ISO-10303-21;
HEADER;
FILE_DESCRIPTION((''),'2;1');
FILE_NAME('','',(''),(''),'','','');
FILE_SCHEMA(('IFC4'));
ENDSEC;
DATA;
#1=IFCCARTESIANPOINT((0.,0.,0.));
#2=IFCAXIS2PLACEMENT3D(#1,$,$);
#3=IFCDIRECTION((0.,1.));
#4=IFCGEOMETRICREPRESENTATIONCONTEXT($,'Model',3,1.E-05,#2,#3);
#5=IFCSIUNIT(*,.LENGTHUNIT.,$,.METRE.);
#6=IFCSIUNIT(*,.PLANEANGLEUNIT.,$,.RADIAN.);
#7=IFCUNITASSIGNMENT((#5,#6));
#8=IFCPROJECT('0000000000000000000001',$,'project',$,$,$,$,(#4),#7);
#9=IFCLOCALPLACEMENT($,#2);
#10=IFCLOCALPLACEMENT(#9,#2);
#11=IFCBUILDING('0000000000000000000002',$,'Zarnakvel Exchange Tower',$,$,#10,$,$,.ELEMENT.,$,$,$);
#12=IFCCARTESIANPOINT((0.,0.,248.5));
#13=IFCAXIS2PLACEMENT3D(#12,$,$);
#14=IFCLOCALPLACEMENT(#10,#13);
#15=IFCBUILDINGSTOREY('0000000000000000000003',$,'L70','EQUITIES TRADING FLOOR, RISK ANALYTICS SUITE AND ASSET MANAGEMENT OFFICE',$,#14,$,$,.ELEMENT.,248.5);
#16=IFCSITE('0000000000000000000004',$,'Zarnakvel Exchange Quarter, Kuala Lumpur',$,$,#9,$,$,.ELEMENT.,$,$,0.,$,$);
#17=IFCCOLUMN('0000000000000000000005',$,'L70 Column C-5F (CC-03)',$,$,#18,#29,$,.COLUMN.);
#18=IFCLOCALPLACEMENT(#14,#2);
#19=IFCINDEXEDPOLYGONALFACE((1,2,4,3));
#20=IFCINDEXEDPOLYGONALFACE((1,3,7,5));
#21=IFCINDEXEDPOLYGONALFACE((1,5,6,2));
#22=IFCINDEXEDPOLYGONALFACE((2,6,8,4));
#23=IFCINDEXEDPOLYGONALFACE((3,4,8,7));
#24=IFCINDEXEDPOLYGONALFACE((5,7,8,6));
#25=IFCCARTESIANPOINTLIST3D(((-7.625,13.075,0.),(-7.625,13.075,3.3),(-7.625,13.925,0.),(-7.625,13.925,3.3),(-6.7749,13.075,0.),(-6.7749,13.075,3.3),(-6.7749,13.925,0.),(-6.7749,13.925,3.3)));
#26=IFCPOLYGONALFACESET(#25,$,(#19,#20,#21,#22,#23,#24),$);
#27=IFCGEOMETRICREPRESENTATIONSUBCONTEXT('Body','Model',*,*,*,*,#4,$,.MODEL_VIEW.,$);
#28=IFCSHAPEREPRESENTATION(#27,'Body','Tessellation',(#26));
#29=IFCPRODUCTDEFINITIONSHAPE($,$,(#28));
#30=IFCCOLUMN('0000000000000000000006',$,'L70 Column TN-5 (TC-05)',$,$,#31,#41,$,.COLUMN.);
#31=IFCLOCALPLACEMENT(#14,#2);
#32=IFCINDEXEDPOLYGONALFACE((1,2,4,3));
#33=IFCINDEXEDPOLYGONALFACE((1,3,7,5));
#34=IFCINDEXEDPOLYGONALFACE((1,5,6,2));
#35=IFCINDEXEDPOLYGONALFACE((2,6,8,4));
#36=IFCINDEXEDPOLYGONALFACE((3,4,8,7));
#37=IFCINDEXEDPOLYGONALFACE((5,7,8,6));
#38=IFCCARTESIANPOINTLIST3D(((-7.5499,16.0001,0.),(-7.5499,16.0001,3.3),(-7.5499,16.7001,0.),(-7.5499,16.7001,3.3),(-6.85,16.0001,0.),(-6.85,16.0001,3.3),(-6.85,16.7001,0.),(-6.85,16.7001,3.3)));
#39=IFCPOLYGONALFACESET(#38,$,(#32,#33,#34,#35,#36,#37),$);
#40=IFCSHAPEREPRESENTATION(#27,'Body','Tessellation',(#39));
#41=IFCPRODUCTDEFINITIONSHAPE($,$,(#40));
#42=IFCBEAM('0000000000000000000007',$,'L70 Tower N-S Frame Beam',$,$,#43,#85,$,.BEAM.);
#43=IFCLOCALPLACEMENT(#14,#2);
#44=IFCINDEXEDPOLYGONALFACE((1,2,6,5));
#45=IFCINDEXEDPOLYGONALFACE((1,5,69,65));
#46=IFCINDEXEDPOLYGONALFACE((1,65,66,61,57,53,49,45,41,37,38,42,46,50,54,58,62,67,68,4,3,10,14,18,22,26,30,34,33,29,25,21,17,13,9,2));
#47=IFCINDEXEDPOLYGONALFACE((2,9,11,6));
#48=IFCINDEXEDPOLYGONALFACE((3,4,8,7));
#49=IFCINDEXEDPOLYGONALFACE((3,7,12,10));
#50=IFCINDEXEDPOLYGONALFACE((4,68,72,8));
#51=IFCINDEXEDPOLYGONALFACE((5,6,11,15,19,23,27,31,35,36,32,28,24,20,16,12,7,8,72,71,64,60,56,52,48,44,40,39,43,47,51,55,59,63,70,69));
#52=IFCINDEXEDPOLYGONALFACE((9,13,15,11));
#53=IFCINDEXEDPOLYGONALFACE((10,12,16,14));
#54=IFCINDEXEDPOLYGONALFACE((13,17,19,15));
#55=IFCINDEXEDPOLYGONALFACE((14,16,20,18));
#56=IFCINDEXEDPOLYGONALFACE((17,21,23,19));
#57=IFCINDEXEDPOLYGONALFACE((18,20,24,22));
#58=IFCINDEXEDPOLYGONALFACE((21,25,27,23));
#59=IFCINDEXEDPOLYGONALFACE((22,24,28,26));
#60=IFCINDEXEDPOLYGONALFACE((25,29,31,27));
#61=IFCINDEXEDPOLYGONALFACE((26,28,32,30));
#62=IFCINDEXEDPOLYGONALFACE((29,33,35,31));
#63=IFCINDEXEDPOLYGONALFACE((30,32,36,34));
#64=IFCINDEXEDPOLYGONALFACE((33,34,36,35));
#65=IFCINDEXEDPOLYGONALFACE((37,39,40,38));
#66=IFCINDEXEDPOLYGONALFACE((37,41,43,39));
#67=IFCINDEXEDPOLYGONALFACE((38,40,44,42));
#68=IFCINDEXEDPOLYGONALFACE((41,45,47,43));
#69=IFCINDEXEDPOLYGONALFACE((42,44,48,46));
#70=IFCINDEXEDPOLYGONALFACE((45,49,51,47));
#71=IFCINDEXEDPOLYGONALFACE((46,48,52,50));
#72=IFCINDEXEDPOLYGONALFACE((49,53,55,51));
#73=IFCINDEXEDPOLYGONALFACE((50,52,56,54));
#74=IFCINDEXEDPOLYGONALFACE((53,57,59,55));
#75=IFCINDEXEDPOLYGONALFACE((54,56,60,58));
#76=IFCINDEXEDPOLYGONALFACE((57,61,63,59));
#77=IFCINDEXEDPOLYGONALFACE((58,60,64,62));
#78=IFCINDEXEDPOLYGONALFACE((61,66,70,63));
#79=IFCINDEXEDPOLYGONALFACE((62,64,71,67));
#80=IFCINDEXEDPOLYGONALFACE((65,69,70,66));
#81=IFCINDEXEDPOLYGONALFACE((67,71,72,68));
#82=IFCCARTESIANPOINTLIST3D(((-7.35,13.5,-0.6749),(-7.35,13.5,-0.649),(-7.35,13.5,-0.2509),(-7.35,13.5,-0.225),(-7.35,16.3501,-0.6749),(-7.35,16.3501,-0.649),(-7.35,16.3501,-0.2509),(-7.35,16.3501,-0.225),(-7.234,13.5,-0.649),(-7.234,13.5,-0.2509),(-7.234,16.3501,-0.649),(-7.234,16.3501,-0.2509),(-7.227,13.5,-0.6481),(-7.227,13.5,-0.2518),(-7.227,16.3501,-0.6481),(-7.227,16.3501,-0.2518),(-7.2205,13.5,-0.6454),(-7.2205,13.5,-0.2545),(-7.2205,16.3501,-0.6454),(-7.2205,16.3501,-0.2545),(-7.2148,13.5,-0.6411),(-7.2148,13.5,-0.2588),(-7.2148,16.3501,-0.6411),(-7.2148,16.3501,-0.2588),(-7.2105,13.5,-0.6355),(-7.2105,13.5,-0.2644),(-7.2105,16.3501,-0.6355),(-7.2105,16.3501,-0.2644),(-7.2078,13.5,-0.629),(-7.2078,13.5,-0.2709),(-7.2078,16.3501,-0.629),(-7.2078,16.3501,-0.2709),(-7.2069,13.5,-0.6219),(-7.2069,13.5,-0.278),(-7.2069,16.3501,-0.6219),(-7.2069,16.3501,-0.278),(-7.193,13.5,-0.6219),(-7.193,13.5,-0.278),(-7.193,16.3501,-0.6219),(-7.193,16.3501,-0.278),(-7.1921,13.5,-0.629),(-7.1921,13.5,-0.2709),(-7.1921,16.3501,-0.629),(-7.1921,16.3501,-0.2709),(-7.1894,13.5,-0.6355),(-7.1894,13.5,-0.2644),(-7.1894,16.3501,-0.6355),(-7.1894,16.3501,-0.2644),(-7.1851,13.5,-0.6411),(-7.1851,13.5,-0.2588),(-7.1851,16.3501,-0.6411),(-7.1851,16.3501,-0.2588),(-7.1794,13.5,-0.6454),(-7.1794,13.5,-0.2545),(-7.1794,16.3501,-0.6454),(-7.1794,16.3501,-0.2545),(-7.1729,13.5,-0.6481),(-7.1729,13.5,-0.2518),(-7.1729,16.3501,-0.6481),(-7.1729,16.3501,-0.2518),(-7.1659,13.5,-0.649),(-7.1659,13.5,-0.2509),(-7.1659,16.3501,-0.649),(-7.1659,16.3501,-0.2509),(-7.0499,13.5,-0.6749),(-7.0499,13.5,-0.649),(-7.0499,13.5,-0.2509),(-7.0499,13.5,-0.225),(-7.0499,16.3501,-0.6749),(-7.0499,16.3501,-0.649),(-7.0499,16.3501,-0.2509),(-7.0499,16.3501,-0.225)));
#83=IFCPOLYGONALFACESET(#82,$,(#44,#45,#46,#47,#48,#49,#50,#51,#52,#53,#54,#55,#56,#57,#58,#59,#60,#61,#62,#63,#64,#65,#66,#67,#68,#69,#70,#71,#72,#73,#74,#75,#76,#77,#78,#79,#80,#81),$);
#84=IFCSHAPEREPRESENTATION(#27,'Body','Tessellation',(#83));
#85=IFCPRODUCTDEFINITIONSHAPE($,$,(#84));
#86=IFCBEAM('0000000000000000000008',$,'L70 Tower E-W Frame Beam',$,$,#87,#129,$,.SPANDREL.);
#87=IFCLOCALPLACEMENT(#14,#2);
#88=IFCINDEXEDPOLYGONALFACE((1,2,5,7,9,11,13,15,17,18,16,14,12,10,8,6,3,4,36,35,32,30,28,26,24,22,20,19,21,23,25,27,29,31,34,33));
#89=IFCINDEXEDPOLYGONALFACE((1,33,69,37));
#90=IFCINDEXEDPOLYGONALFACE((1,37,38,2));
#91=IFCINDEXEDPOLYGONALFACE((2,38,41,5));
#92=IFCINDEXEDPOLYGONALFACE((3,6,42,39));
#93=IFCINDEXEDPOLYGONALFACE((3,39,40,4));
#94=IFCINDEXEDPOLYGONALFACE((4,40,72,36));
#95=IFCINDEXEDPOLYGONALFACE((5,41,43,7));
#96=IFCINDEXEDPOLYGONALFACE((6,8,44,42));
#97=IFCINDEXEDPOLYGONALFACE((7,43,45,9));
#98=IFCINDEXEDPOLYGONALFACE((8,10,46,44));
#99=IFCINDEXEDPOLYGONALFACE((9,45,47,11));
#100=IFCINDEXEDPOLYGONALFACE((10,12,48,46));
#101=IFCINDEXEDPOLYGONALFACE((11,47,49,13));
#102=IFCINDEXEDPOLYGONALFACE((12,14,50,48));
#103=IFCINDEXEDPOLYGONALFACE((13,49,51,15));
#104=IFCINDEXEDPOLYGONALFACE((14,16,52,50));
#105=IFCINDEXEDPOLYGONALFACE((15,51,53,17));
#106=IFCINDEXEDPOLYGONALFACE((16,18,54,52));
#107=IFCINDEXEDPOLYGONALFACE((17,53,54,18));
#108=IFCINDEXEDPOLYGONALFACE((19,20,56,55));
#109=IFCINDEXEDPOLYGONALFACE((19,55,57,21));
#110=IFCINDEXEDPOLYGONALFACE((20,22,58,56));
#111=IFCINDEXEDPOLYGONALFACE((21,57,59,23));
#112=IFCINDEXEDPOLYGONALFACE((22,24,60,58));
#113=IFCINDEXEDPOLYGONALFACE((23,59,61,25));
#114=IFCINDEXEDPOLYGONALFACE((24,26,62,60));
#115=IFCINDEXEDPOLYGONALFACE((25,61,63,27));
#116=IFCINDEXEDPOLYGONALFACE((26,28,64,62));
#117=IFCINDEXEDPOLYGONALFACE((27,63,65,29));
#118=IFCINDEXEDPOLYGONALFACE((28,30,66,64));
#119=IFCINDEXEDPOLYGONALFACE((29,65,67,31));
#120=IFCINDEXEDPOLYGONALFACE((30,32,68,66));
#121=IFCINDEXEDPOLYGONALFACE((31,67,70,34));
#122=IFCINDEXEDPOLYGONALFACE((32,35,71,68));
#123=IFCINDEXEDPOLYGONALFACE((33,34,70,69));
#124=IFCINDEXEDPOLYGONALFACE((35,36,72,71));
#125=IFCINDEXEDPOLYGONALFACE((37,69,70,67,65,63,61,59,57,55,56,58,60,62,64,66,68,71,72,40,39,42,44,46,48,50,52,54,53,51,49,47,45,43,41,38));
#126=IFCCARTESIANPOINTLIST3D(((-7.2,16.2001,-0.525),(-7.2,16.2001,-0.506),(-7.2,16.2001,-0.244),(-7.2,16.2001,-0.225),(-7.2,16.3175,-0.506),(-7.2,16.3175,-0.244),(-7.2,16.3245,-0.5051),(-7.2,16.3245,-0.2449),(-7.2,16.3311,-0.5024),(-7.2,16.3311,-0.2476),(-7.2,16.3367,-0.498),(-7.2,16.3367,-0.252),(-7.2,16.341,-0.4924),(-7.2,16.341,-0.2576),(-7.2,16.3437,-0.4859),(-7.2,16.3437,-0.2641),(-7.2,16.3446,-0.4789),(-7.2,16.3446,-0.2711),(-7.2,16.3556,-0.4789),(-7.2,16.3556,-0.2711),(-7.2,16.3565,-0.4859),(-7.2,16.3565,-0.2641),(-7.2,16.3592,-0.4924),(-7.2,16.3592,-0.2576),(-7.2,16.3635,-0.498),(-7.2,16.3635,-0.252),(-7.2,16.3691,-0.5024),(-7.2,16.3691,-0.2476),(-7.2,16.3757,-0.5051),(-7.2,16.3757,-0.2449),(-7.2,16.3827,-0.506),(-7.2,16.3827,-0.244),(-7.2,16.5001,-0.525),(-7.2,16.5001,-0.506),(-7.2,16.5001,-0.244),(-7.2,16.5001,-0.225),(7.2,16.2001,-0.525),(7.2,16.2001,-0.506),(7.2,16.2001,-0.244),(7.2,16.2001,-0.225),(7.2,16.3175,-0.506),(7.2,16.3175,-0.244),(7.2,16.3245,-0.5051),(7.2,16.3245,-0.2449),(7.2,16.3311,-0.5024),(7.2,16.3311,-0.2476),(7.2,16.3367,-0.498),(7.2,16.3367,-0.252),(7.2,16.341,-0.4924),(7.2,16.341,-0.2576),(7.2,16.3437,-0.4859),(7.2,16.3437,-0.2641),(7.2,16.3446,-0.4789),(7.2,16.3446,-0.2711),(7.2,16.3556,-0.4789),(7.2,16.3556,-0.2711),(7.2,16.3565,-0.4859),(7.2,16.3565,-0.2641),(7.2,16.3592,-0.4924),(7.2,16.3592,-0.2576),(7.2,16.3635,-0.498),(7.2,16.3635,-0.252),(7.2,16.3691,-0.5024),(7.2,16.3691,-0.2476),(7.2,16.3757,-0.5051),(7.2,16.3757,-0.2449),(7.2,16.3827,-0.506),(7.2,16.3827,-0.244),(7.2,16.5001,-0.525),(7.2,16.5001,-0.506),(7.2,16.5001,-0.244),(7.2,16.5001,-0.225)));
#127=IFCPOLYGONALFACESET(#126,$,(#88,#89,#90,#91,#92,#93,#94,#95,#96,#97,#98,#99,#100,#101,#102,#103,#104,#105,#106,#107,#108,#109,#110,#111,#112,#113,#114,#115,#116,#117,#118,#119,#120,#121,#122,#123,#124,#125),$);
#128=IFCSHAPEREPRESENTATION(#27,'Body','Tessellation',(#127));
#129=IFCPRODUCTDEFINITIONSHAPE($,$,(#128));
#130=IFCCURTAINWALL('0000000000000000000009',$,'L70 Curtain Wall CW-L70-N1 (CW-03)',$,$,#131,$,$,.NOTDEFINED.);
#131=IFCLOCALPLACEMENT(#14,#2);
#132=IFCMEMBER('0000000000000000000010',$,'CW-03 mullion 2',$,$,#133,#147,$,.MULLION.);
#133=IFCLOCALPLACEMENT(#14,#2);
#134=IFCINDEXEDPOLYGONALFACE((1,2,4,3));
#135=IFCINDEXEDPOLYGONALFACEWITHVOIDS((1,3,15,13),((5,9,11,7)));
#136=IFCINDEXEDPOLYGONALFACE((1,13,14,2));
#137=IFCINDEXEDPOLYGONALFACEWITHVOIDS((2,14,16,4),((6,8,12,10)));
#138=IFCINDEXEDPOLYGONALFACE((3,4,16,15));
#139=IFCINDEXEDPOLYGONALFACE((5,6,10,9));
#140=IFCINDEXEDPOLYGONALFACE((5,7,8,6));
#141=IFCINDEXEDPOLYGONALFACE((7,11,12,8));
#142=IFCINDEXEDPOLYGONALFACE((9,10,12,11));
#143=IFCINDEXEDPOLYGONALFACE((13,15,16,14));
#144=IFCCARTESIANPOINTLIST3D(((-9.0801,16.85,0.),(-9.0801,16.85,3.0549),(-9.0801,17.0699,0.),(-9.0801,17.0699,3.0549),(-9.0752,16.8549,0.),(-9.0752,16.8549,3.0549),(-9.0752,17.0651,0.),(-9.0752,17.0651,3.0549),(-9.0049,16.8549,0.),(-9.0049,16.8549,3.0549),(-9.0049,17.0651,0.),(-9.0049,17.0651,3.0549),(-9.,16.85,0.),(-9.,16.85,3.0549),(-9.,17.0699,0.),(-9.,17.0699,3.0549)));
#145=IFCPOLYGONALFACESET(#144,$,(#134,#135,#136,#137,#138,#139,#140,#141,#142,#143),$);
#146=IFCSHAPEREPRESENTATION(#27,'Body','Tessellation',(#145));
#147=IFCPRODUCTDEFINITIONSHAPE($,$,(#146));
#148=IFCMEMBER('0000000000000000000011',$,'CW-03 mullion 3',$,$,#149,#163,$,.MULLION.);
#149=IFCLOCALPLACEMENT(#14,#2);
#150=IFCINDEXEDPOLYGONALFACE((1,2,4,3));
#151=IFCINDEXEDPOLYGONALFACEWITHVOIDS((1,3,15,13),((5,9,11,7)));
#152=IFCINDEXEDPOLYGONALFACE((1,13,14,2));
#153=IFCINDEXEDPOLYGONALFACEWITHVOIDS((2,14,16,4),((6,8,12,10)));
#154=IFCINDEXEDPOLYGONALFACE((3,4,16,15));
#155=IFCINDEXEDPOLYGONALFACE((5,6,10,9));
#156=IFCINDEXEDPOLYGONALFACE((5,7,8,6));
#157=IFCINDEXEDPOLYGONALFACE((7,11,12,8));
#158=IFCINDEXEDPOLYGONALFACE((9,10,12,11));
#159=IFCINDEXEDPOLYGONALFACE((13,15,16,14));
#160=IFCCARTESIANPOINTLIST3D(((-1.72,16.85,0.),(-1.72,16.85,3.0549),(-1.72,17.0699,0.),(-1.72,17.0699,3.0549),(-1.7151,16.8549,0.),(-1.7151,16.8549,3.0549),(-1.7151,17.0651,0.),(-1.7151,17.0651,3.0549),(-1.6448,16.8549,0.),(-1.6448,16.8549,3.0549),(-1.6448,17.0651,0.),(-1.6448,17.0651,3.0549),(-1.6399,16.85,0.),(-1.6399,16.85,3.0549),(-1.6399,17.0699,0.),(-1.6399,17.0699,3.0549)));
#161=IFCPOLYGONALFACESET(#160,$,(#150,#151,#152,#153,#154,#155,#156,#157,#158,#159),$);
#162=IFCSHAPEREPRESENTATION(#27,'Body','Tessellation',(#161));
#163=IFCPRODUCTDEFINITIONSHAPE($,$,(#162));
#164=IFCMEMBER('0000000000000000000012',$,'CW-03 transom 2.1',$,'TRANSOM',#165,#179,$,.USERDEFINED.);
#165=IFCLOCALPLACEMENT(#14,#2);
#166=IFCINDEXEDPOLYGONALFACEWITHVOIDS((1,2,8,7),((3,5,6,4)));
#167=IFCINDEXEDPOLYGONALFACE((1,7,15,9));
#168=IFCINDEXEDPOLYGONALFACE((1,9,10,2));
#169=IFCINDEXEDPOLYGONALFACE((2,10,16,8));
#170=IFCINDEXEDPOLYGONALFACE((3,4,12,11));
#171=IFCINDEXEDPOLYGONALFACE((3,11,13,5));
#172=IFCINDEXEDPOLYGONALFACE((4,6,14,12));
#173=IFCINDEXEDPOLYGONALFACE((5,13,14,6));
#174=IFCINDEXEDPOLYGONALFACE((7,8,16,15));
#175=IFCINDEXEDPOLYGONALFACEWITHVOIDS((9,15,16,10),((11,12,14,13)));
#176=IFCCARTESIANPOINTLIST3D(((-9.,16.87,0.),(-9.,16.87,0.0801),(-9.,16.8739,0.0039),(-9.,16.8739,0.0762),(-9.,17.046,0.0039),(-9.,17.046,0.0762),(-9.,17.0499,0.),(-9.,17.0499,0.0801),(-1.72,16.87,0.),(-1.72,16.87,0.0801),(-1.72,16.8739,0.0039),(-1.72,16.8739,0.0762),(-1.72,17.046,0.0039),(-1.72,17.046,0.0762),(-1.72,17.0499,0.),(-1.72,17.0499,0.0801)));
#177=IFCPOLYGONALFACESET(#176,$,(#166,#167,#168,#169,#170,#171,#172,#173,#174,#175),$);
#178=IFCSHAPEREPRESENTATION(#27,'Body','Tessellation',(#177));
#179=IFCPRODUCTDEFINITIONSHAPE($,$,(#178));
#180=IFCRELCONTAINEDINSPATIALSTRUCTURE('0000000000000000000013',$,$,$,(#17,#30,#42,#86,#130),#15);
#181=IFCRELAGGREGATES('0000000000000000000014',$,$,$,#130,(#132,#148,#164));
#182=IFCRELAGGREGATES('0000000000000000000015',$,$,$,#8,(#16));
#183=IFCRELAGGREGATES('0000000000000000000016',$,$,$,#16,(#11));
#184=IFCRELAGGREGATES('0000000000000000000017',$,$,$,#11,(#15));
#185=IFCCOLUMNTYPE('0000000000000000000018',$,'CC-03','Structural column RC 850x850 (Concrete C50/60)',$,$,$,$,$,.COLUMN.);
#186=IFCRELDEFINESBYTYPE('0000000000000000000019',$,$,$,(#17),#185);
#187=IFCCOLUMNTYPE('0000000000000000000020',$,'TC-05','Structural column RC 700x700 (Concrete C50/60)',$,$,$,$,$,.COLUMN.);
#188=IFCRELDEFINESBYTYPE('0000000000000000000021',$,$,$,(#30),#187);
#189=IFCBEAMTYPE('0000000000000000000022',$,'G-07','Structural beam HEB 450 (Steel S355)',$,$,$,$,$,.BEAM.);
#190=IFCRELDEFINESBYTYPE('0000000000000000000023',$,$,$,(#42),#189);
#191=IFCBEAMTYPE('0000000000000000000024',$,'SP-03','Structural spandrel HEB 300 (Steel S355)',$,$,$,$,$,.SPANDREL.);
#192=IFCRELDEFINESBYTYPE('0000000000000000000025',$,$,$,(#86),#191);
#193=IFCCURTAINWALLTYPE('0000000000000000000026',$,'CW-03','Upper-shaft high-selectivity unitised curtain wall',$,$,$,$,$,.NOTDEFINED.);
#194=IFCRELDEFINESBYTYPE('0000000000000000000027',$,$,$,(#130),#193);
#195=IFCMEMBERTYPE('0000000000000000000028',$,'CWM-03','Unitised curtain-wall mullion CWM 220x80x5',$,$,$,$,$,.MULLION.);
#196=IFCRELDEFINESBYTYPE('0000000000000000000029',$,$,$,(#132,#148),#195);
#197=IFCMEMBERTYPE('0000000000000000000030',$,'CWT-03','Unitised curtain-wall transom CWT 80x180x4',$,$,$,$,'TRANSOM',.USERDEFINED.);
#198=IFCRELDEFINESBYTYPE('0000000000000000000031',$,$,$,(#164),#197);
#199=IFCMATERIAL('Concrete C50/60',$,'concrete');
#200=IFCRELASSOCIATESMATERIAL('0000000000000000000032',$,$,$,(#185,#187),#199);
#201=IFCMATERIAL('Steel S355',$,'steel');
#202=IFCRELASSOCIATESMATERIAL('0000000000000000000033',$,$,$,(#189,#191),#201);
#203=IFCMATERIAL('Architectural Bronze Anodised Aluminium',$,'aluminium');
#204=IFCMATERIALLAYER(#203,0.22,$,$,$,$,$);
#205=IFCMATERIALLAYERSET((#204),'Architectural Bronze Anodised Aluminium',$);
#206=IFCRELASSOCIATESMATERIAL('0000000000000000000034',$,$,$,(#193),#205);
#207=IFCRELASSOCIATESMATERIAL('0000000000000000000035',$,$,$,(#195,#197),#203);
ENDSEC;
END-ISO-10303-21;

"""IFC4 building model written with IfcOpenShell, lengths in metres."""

from ifc_helpers import new_model, si_unit, direction, frame, origin, origin_2d, place, context, subcontext, project, spatial, rectangle, hollow_rectangle, i_section, extrude, source, transform, mapped, material, layer, layer_set, material_profile, profile_set, type_object, element, aggregate, save


model = new_model("IFC4")

# Units and contexts
model_context = context("Model", 3, precision=1e-05, world=origin(), true_north=direction((0.0, 1.0)))
body_context = subcontext(model_context, "Body", "Model", "MODEL_VIEW")
ifc_project = project(units=[si_unit("LENGTHUNIT", "METRE"), si_unit("PLANEANGLEUNIT", "RADIAN")], contexts=[model_context])

# Site, building, storey
site_placement = place(None, origin())
site = spatial("IfcSite", under=ifc_project, at=site_placement, Name="Zarnakvel Exchange Quarter, Kuala Lumpur", CompositionType="ELEMENT", RefElevation=0.0)
building_placement = place(site_placement, origin())
building = spatial("IfcBuilding", under=site, at=building_placement, Name="Zarnakvel Exchange Tower", CompositionType="ELEMENT")
storey_placement = place(building_placement, frame((0.0, 0.0, 248.5)))
storey = spatial("IfcBuildingStorey", under=building, at=storey_placement, Name="L70", Description="EQUITIES TRADING FLOOR, RISK ANALYTICS SUITE AND ASSET MANAGEMENT OFFICE", CompositionType="ELEMENT", Elevation=248.5)

# Columns
ifc_material_1 = material(Name="Concrete C50/60", Category="concrete")
ifc_material_profile_1 = material_profile(ifc_material_1, rectangle(XDim=0.8501, YDim=0.8501, at=origin_2d()))
ifc_profile_set_1 = profile_set([ifc_material_profile_1], Name="Concrete C50/60")
column_type_1 = type_object("IfcColumnType", Name="CC-03", Description="Structural column RC 850x850 (Concrete C50/60)", PredefinedType="COLUMN", material=ifc_profile_set_1)
column_1_placement = place(storey_placement, frame((-7.2, 13.5, 0.0), z_axis=(0.0, 0.0, 1.0), x_axis=(1.0, 0.0, 0.0)))
element("IfcColumn", 1, at=column_1_placement, inside=storey, type_object=column_type_1, Name="L70 Column C-5F (CC-03)", PredefinedType="COLUMN", context=body_context, shape_type="SweptSolid", body=[
    extrude(rectangle(XDim=0.8501, YDim=0.8501, at=origin_2d()), origin(), (0.0, 0.0, 1.0), 3.3),
])
ifc_material_profile_2 = material_profile(ifc_material_1, rectangle(XDim=0.7, YDim=0.7, at=origin_2d()))
ifc_profile_set_2 = profile_set([ifc_material_profile_2], Name="Concrete C50/60")
column_type_2 = type_object("IfcColumnType", Name="TC-05", Description="Structural column RC 700x700 (Concrete C50/60)", PredefinedType="COLUMN", material=ifc_profile_set_2)
column_2_placement = place(storey_placement, frame((-7.2, 16.3501, 0.0), z_axis=(0.0, 0.0, 1.0), x_axis=(1.0, 0.0, 0.0)))
element("IfcColumn", 2, at=column_2_placement, inside=storey, type_object=column_type_2, Name="L70 Column TN-5 (TC-05)", PredefinedType="COLUMN", context=body_context, shape_type="SweptSolid", body=[
    extrude(rectangle(XDim=0.7, YDim=0.7, at=origin_2d()), origin(), (0.0, 0.0, 1.0), 3.3),
])

# Beams
ifc_material_2 = material(Name="Steel S355", Category="steel")
ifc_material_profile_3 = material_profile(ifc_material_2, i_section(OverallWidth=0.3, OverallDepth=0.45, WebThickness=0.0139, FlangeThickness=0.0259, FilletRadius=0.0271, at=origin_2d()))
ifc_profile_set_3 = profile_set([ifc_material_profile_3], Name="Steel S355")
beam_type_1 = type_object("IfcBeamType", Name="G-07", Description="Structural beam HEB 450 (Steel S355)", PredefinedType="BEAM", material=ifc_profile_set_3)
beam_1_placement = place(storey_placement, frame((-7.2, 13.5, -0.45), z_axis=(0.0, 1.0, 0.0), x_axis=(-1.0, 0.0, 0.0)))
element("IfcBeam", 3, at=beam_1_placement, inside=storey, type_object=beam_type_1, Name="L70 Tower N-S Frame Beam", PredefinedType="BEAM", context=body_context, shape_type="SweptSolid", body=[
    extrude(i_section(OverallWidth=0.3, OverallDepth=0.45, WebThickness=0.0139, FlangeThickness=0.0259, FilletRadius=0.0271, at=origin_2d()), origin(), (0.0, 0.0, 1.0), 2.8501),
])
ifc_material_profile_4 = material_profile(ifc_material_2, i_section(OverallWidth=0.3, OverallDepth=0.3, WebThickness=0.011, FlangeThickness=0.019, FilletRadius=0.0271, at=origin_2d()))
ifc_profile_set_4 = profile_set([ifc_material_profile_4], Name="Steel S355")
beam_type_2 = type_object("IfcBeamType", Name="SP-03", Description="Structural spandrel HEB 300 (Steel S355)", PredefinedType="SPANDREL", material=ifc_profile_set_4)
beam_2_placement = place(storey_placement, frame((-7.2, 16.3501, -0.375), z_axis=(1.0, 0.0, 0.0), x_axis=(0.0, 1.0, 0.0)))
element("IfcBeam", 4, at=beam_2_placement, inside=storey, type_object=beam_type_2, Name="L70 Tower E-W Frame Beam", PredefinedType="SPANDREL", context=body_context, shape_type="SweptSolid", body=[
    extrude(i_section(OverallWidth=0.3, OverallDepth=0.3, WebThickness=0.011, FlangeThickness=0.019, FilletRadius=0.0271, at=origin_2d()), origin(), (0.0, 0.0, 1.0), 14.3999),
])

# Curtain wall, members
ifc_material_3 = material(Name="Architectural Bronze Anodised Aluminium", Category="aluminium")
ifc_layer_1 = layer(ifc_material_3, 0.22)
ifc_layer_set_1 = layer_set([ifc_layer_1], Name="Architectural Bronze Anodised Aluminium")
curtain_wall_type = type_object("IfcCurtainWallType", Name="CW-03", Description="Upper-shaft high-selectivity unitised curtain wall", PredefinedType="NOTDEFINED", material=ifc_layer_set_1)
curtain_wall_placement = place(storey_placement, origin())
curtain_wall = element("IfcCurtainWall", 5, at=curtain_wall_placement, inside=storey, type_object=curtain_wall_type, Name="L70 Curtain Wall CW-L70-N1 (CW-03)", PredefinedType="NOTDEFINED")
ifc_material_profile_5 = material_profile(ifc_material_3, hollow_rectangle(XDim=0.22, YDim=0.0801, WallThickness=0.0049, at=origin_2d()))
ifc_profile_set_5 = profile_set([ifc_material_profile_5], Name="Architectural Bronze Anodised Aluminium")
member_type_1 = type_object("IfcMemberType", Name="CWM-03", Description="Unitised curtain-wall mullion CWM 220x80x5", PredefinedType="MULLION", material=ifc_profile_set_5)
shared_shape_1 = source(origin(), body_context, "Body", "SweptSolid", [
    extrude(hollow_rectangle(XDim=0.22, YDim=0.0801, WallThickness=0.0049, at=origin_2d()), origin(), (0.0, 0.0, 1.0), 3.0549),
])
member_1_placement = place(storey_placement, frame((-9.04, 16.96, 0.0), z_axis=(0.0, 0.0, 1.0), x_axis=(0.0, 1.0, 0.0)))
member_1 = element("IfcMember", 6, at=member_1_placement, type_object=member_type_1, Name="CW-03 mullion 2", PredefinedType="MULLION", context=body_context, shape_type="MappedRepresentation", body=[
    mapped(shared_shape_1, transform((0.0, 0.0, 0.0), x_axis=(1.0, 0.0, 0.0), y_axis=(0.0, 1.0, 0.0), z_axis=(0.0, 0.0, 1.0), scale=1.0)),
])
member_2_placement = place(storey_placement, frame((-1.6799, 16.96, 0.0), z_axis=(0.0, 0.0, 1.0), x_axis=(0.0, 1.0, 0.0)))
member_2 = element("IfcMember", 7, at=member_2_placement, type_object=member_type_1, Name="CW-03 mullion 3", PredefinedType="MULLION", context=body_context, shape_type="MappedRepresentation", body=[
    mapped(shared_shape_1, transform((0.0, 0.0, 0.0), x_axis=(1.0, 0.0, 0.0), y_axis=(0.0, 1.0, 0.0), z_axis=(0.0, 0.0, 1.0), scale=1.0)),
])
ifc_material_profile_6 = material_profile(ifc_material_3, hollow_rectangle(XDim=0.1799, YDim=0.0801, WallThickness=0.0039, at=origin_2d()))
ifc_profile_set_6 = profile_set([ifc_material_profile_6], Name="Architectural Bronze Anodised Aluminium")
member_type_2 = type_object("IfcMemberType", Name="CWT-03", Description="Unitised curtain-wall transom CWT 80x180x4", ElementType="TRANSOM", PredefinedType="USERDEFINED", material=ifc_profile_set_6)
shared_shape_2 = source(origin(), body_context, "Body", "SweptSolid", [
    extrude(hollow_rectangle(XDim=0.1799, YDim=0.0801, WallThickness=0.0039, at=origin_2d()), origin(), (0.0, 0.0, 1.0), 7.28),
])
member_3_placement = place(storey_placement, frame((-9.0, 16.96, 0.04), z_axis=(1.0, 0.0, 0.0), x_axis=(0.0, 1.0, 0.0)))
member_3 = element("IfcMember", 8, at=member_3_placement, type_object=member_type_2, Name="CW-03 transom 2.1", ObjectType="TRANSOM", PredefinedType="USERDEFINED", context=body_context, shape_type="MappedRepresentation", body=[
    mapped(shared_shape_2, transform((0.0, 0.0, 0.0), x_axis=(1.0, 0.0, 0.0), y_axis=(0.0, 1.0, 0.0), z_axis=(0.0, 0.0, 1.0), scale=1.0)),
])
aggregate(curtain_wall, [member_1, member_2, member_3])

save(model, "model.ifc")
